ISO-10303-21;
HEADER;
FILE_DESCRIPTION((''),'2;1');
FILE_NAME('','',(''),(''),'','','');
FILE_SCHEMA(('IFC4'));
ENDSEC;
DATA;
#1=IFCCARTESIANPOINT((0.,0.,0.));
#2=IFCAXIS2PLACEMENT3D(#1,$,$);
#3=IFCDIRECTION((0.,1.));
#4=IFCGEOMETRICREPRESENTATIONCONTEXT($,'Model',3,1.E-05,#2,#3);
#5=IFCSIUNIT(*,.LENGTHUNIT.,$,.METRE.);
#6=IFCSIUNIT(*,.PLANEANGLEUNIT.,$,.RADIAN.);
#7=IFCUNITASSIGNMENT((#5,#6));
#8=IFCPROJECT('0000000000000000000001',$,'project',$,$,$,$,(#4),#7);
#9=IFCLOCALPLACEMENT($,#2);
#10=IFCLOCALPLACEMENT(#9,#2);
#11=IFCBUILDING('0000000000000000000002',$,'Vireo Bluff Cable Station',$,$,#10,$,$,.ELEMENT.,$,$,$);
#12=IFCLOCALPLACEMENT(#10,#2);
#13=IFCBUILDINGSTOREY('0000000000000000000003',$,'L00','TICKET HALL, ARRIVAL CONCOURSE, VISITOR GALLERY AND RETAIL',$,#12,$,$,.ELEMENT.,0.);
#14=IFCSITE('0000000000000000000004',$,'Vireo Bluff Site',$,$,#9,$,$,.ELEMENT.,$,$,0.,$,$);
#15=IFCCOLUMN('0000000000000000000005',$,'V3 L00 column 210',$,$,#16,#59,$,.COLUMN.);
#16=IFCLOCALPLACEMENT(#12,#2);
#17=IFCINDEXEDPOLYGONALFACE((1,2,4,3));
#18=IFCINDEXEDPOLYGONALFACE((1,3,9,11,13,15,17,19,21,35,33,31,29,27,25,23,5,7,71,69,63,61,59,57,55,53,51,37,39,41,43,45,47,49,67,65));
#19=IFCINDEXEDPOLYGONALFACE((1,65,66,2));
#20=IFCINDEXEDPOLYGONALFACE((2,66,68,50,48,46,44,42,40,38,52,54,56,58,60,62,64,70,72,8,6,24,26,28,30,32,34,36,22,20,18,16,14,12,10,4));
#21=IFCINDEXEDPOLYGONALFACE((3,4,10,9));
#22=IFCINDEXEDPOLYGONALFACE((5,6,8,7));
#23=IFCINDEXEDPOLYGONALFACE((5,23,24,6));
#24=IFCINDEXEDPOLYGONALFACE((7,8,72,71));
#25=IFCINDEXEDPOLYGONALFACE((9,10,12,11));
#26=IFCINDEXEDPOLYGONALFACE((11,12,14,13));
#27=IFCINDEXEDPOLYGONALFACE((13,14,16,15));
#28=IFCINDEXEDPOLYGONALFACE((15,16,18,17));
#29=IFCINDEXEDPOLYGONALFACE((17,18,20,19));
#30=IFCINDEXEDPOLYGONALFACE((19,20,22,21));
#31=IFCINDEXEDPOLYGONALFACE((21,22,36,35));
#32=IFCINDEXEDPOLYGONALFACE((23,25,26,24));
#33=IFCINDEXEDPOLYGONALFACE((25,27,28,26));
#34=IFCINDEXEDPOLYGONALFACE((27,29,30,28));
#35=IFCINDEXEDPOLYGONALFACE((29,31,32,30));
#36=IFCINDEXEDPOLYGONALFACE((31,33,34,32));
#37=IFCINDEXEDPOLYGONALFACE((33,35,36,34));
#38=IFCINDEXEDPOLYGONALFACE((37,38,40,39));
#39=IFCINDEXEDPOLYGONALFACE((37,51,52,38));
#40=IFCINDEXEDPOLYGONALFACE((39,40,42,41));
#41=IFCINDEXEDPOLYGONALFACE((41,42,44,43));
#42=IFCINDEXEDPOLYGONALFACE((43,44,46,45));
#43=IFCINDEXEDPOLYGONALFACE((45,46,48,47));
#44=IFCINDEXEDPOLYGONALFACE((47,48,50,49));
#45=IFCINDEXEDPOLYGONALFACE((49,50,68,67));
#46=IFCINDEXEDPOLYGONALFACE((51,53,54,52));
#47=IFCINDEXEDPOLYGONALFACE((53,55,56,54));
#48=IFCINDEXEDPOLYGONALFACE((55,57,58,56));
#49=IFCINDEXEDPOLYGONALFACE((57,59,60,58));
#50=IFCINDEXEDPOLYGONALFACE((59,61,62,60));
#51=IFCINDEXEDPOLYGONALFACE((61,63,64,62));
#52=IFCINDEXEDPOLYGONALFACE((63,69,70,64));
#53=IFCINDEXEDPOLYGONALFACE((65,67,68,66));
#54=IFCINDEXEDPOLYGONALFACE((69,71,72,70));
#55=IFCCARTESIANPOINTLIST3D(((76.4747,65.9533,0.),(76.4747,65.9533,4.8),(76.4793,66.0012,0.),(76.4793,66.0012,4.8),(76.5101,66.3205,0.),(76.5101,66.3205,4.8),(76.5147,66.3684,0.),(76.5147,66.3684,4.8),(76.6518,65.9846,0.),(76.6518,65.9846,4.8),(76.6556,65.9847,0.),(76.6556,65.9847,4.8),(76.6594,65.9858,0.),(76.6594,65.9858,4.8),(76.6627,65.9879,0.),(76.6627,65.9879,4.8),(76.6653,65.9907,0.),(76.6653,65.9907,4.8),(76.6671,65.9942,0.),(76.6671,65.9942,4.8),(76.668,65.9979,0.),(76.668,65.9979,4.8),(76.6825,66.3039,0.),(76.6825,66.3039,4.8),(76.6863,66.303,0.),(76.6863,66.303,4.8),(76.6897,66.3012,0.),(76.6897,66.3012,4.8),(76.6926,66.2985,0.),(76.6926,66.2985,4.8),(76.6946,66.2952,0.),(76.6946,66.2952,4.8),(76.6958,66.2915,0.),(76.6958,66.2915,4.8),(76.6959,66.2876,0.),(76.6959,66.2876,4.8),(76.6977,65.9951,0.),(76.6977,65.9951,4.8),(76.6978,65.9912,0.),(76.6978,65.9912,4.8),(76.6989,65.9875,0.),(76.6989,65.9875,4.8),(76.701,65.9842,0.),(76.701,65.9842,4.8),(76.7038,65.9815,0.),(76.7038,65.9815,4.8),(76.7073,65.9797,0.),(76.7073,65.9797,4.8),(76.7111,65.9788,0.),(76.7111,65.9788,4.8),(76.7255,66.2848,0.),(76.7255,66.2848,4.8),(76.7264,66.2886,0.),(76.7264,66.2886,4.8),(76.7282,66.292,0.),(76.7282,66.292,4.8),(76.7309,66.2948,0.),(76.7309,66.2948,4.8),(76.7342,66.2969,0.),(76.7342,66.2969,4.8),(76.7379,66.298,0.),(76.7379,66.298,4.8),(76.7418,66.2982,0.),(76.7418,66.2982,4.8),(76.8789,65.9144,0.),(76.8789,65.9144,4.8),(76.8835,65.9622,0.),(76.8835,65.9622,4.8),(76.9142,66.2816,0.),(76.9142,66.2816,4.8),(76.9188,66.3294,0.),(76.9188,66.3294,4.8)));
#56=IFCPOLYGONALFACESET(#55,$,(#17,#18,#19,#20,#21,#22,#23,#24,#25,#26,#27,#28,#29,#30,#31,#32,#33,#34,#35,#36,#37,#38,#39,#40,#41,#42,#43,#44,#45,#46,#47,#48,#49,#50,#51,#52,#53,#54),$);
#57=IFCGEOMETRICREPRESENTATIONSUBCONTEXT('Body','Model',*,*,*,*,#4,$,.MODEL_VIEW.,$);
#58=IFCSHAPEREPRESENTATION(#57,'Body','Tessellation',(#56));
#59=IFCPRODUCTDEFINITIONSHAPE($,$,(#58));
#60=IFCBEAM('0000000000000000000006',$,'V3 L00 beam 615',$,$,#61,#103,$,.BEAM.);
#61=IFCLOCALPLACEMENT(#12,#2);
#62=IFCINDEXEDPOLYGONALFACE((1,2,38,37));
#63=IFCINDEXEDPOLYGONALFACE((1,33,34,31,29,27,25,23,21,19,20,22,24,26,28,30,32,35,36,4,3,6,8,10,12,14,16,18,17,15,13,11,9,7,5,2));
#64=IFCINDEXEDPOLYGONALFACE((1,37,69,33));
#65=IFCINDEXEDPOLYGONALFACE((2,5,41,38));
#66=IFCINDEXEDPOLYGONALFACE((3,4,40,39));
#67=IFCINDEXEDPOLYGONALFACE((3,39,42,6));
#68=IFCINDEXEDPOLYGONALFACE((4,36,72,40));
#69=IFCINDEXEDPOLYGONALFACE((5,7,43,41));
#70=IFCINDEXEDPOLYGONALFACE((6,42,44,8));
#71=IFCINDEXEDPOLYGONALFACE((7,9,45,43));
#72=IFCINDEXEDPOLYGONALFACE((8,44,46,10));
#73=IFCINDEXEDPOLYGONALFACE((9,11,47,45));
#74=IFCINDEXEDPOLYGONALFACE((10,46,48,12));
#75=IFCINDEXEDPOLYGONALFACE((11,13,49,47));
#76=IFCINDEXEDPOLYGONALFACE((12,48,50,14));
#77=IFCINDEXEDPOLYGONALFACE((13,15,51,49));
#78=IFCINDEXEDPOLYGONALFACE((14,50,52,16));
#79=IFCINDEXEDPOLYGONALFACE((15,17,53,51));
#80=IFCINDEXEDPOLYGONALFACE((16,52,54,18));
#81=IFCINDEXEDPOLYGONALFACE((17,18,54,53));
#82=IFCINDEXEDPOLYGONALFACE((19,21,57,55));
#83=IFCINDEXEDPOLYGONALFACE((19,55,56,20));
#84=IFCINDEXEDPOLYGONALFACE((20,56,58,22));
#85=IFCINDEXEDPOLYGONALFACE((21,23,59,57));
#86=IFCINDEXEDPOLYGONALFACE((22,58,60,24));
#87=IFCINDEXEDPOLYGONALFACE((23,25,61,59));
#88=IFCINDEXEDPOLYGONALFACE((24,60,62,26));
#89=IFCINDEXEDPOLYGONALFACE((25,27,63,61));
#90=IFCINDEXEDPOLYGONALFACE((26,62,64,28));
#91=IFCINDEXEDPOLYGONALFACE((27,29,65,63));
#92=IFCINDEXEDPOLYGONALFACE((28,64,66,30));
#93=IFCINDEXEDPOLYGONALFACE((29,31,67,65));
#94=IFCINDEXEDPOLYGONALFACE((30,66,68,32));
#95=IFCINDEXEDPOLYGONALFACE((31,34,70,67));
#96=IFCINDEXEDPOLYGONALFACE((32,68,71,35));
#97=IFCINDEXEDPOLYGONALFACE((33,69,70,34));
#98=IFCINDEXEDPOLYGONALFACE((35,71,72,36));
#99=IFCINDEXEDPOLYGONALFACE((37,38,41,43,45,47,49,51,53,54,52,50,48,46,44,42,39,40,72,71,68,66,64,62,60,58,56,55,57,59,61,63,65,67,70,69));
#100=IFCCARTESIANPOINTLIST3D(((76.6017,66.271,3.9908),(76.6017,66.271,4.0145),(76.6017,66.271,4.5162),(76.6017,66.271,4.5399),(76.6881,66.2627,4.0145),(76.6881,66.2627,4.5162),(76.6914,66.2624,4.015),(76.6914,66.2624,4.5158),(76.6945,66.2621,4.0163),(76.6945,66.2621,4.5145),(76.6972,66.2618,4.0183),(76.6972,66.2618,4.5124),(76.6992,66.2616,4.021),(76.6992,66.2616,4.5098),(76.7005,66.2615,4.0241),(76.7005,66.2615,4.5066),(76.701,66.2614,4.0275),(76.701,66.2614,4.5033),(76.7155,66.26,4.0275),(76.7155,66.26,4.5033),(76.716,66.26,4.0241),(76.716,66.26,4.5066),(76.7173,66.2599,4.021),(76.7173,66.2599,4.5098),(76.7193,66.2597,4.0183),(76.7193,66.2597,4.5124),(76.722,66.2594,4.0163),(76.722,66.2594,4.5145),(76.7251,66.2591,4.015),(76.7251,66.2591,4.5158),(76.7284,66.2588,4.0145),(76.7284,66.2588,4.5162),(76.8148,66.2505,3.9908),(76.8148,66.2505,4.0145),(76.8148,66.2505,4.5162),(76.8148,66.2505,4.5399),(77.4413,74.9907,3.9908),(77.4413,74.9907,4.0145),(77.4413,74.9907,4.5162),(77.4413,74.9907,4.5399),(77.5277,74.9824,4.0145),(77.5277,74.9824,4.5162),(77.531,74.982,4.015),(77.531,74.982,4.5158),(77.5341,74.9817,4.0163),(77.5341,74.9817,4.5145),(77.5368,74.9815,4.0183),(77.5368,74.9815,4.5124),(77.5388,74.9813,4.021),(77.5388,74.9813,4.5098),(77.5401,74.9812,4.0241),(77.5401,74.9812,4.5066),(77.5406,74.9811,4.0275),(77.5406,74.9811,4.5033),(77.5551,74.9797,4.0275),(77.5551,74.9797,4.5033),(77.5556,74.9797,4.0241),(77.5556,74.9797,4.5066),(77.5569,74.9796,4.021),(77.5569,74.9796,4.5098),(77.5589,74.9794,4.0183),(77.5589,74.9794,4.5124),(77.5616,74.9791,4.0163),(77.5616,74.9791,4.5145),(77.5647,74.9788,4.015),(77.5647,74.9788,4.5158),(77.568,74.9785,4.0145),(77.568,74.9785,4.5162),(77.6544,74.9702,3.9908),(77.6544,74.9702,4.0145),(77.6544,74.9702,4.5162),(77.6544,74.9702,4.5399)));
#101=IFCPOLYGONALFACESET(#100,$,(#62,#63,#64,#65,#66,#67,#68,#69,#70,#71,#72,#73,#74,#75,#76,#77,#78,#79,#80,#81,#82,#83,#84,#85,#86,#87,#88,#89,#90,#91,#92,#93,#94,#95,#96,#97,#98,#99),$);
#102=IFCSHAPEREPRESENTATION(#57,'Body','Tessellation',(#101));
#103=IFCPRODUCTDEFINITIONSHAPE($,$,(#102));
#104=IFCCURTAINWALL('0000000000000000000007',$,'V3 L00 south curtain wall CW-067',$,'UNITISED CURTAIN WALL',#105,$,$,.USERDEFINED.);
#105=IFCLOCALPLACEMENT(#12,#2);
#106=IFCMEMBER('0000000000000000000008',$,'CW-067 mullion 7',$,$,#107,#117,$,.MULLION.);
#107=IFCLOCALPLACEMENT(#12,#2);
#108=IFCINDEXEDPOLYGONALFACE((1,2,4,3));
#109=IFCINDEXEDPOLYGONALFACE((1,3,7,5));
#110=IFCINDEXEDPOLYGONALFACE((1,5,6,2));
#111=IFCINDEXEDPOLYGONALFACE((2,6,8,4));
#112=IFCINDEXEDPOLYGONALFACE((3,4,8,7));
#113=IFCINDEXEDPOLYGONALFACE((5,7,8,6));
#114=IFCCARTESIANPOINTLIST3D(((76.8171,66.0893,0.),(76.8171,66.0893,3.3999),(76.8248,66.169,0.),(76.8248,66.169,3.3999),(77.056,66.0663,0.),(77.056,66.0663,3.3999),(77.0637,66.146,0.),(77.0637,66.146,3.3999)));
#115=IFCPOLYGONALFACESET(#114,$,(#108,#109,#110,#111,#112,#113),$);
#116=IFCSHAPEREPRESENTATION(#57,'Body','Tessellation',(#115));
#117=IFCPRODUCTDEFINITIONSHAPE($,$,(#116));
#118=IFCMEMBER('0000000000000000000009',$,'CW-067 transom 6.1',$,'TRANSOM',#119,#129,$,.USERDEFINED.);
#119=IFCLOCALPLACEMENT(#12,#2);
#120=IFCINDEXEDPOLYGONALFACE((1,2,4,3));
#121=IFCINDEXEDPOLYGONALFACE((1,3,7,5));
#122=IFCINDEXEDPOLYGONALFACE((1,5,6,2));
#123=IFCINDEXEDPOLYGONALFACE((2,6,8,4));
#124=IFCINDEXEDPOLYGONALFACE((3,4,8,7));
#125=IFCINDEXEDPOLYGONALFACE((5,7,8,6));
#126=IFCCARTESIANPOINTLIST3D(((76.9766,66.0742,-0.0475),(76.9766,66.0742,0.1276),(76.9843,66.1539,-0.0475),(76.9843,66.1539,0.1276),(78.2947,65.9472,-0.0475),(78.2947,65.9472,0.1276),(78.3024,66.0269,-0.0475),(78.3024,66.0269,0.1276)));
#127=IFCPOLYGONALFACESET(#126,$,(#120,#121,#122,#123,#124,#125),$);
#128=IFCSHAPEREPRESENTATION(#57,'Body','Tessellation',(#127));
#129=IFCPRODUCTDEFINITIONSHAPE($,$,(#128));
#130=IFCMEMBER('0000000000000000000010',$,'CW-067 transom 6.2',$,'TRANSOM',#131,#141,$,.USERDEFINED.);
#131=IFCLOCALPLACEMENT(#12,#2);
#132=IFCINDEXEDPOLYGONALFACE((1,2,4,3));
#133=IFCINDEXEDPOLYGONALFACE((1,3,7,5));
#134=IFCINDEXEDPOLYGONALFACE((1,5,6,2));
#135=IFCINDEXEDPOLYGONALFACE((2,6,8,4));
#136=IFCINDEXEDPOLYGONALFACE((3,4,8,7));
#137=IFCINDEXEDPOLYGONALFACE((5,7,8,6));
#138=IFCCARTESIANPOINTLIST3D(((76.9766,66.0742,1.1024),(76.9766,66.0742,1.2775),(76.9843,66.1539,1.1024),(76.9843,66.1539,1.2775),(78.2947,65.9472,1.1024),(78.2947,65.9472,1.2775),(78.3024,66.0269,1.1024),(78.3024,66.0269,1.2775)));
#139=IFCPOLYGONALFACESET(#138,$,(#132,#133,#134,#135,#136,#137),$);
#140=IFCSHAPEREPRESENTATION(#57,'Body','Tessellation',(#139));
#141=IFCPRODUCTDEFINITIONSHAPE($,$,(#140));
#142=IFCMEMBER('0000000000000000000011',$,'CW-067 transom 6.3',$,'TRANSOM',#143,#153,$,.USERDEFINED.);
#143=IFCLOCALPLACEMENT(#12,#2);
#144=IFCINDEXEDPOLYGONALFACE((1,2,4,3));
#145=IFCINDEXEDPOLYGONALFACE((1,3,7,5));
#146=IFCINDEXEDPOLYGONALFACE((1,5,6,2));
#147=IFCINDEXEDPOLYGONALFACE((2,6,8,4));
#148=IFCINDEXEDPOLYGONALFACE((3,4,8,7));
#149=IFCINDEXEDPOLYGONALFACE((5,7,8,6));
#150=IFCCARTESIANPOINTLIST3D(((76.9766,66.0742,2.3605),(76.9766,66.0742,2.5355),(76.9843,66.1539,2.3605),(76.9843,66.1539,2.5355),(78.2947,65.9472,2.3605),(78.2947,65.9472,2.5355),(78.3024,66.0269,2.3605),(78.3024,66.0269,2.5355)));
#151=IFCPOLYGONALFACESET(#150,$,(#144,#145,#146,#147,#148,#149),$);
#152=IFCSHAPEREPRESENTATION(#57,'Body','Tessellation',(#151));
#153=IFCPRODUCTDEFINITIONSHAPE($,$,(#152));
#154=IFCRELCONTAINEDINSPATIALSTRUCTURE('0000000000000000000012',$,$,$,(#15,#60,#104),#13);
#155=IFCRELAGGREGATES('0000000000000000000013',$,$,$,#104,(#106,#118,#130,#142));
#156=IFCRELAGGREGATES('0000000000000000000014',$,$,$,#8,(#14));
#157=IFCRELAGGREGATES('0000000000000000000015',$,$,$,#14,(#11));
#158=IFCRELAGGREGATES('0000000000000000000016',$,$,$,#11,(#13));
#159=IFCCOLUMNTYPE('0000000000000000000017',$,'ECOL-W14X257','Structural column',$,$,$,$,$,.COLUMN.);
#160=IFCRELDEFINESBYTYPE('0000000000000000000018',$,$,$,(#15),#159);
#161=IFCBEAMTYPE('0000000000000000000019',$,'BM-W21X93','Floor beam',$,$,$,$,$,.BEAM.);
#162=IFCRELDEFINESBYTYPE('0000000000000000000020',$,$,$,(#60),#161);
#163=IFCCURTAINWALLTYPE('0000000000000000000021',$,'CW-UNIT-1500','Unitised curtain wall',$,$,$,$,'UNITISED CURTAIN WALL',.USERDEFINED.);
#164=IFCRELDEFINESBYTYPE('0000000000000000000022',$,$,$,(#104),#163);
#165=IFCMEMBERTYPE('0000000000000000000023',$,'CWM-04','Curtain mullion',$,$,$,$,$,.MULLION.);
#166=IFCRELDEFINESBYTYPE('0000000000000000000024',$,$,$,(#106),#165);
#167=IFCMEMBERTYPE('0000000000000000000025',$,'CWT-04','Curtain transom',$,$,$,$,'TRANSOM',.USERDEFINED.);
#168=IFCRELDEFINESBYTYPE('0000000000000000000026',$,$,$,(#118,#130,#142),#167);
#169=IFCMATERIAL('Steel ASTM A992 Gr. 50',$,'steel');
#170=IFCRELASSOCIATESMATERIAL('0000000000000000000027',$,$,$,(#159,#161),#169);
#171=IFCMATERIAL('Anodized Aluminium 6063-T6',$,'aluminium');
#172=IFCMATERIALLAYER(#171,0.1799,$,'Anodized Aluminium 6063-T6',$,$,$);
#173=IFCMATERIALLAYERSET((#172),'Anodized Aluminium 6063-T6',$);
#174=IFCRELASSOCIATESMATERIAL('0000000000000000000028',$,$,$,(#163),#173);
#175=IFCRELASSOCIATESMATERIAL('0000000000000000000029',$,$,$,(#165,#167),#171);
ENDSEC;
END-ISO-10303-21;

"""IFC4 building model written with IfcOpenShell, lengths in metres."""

from ifc_helpers import new_model, si_unit, direction, frame, origin, origin_2d, place, context, subcontext, project, spatial, rectangle, i_section, extrude, material, layer, layer_set, material_profile, profile_set, type_object, element, aggregate, save


model = new_model("IFC4")

# Units and contexts
model_context = context("Model", 3, precision=1e-05, world=origin(), true_north=direction((0.0, 1.0)))
body_context = subcontext(model_context, "Body", "Model", "MODEL_VIEW")
ifc_project = project(units=[si_unit("LENGTHUNIT", "METRE"), si_unit("PLANEANGLEUNIT", "RADIAN")], contexts=[model_context])

# Site, building, storey
site_placement = place(None, origin())
site = spatial("IfcSite", under=ifc_project, at=site_placement, Name="Vireo Bluff Site", CompositionType="ELEMENT", RefElevation=0.0)
building_placement = place(site_placement, origin())
building = spatial("IfcBuilding", under=site, at=building_placement, Name="Vireo Bluff Cable Station", CompositionType="ELEMENT")
storey_placement = place(building_placement, origin())
storey = spatial("IfcBuildingStorey", under=building, at=storey_placement, Name="L00", Description="TICKET HALL, ARRIVAL CONCOURSE, VISITOR GALLERY AND RETAIL", CompositionType="ELEMENT", Elevation=0.0)

# Column
ifc_material_1 = material(Name="Steel ASTM A992 Gr. 50", Category="steel")
ifc_material_profile_1 = material_profile(ifc_material_1, i_section(OverallWidth=0.406, OverallDepth=0.417, WebThickness=0.0298, FlangeThickness=0.0481, FilletRadius=0.0149, at=origin_2d()), Name="W14X257")
ifc_profile_set_1 = profile_set([ifc_material_profile_1], Name="Steel ASTM A992 Gr. 50")
column_type = type_object("IfcColumnType", Name="ECOL-W14X257", Description="Structural column", PredefinedType="COLUMN", material=ifc_profile_set_1)
column_placement = place(storey_placement, frame((76.6968, 66.1414, 0.0), z_axis=(0.0, 0.0, 1.0), x_axis=(0.995396, -0.095846, 0.0)))
element("IfcColumn", 1, at=column_placement, inside=storey, type_object=column_type, Name="V3 L00 column 210", PredefinedType="COLUMN", context=body_context, shape_type="SweptSolid", body=[
    extrude(i_section(OverallWidth=0.406, OverallDepth=0.417, WebThickness=0.0298, FlangeThickness=0.0481, FilletRadius=0.0149, at=origin_2d()), origin(), (0.0, 0.0, 1.0), 4.8),
])

# Beam
ifc_material_profile_2 = material_profile(ifc_material_1, i_section(OverallWidth=0.2141, OverallDepth=0.5491, WebThickness=0.0146, FlangeThickness=0.0237, FilletRadius=0.0129, at=origin_2d()), Name="W21X93")
ifc_profile_set_2 = profile_set([ifc_material_profile_2], Name="Steel ASTM A992 Gr. 50")
beam_type_1 = type_object("IfcBeamType", Name="BM-W21X93", Description="Floor beam", PredefinedType="BEAM", material=ifc_profile_set_2)
beam_1_placement = place(storey_placement, frame((76.7083, 66.2607, 4.2654), z_axis=(0.095844, 0.995396, 0.0), x_axis=(-0.995396, 0.095844, 0.0)))
element("IfcBeam", 2, at=beam_1_placement, inside=storey, type_object=beam_type_1, Name="V3 L00 beam 615", PredefinedType="BEAM", context=body_context, shape_type="SweptSolid", body=[
    extrude(i_section(OverallWidth=0.2141, OverallDepth=0.5491, WebThickness=0.0146, FlangeThickness=0.0237, FilletRadius=0.0129, at=origin_2d()), origin(), (0.0, 0.0, 1.0), 8.76),
])

# Curtain wall, members
ifc_material_2 = material(Name="Anodized Aluminium 6063-T6", Category="aluminium")
ifc_layer_1 = layer(ifc_material_2, 0.1799, Name="Anodized Aluminium 6063-T6")
ifc_layer_set_1 = layer_set([ifc_layer_1], Name="Anodized Aluminium 6063-T6")
curtain_wall_type = type_object("IfcCurtainWallType", Name="CW-UNIT-1500", Description="Unitised curtain wall", ElementType="UNITISED CURTAIN WALL", PredefinedType="USERDEFINED", material=ifc_layer_set_1)
curtain_wall_placement = place(storey_placement, origin())
curtain_wall = element("IfcCurtainWall", 3, at=curtain_wall_placement, inside=storey, type_object=curtain_wall_type, Name="V3 L00 south curtain wall CW-067", ObjectType="UNITISED CURTAIN WALL", PredefinedType="USERDEFINED")
ifc_material_profile_3 = material_profile(ifc_material_2, rectangle(XDim=0.0801, YDim=0.24, at=origin_2d()), Name="ALU-M-80X240")
ifc_profile_set_3 = profile_set([ifc_material_profile_3], Name="Anodized Aluminium 6063-T6")
member_type_1 = type_object("IfcMemberType", Name="CWM-04", Description="Curtain mullion", PredefinedType="MULLION", material=ifc_profile_set_3)
member_1_placement = place(storey_placement, frame((76.9404, 66.1177, 0.0), z_axis=(0.0, 0.0, 1.0), x_axis=(-0.095846, -0.995396, 0.0)))
member_1 = element("IfcMember", 4, at=member_1_placement, type_object=member_type_1, Name="CW-067 mullion 7", PredefinedType="MULLION", context=body_context, shape_type="SweptSolid", body=[
    extrude(rectangle(XDim=0.0801, YDim=0.24, at=origin_2d()), origin(), (0.0, 0.0, 1.0), 3.3999),
])
ifc_material_profile_4 = material_profile(ifc_material_2, rectangle(XDim=0.0801, YDim=0.175, at=origin_2d()), Name="ALU-T-80X175")
ifc_profile_set_4 = profile_set([ifc_material_profile_4], Name="Anodized Aluminium 6063-T6")
member_type_2 = type_object("IfcMemberType", Name="CWT-04", Description="Curtain transom", ElementType="TRANSOM", PredefinedType="USERDEFINED", material=ifc_profile_set_4)
member_2_placement = place(storey_placement, frame((78.2986, 65.9871, 0.04), z_axis=(-0.995394, 0.09587, 0.0), x_axis=(-0.09587, -0.995394, 0.0)))
member_2 = element("IfcMember", 5, at=member_2_placement, type_object=member_type_2, Name="CW-067 transom 6.1", ObjectType="TRANSOM", PredefinedType="USERDEFINED", context=body_context, shape_type="SweptSolid", body=[
    extrude(rectangle(XDim=0.0801, YDim=0.175, at=origin_2d()), origin(), (0.0, 0.0, 1.0), 1.3242),
])
member_3_placement = place(storey_placement, frame((78.2986, 65.9871, 1.1899), z_axis=(-0.995394, 0.09587, 0.0), x_axis=(-0.09587, -0.995394, 0.0)))
member_3 = element("IfcMember", 6, at=member_3_placement, type_object=member_type_2, Name="CW-067 transom 6.2", ObjectType="TRANSOM", PredefinedType="USERDEFINED", context=body_context, shape_type="SweptSolid", body=[
    extrude(rectangle(XDim=0.0801, YDim=0.175, at=origin_2d()), origin(), (0.0, 0.0, 1.0), 1.3242),
])
member_4_placement = place(storey_placement, frame((78.2986, 65.9871, 2.448), z_axis=(-0.995394, 0.09587, 0.0), x_axis=(-0.09587, -0.995394, 0.0)))
member_4 = element("IfcMember", 7, at=member_4_placement, type_object=member_type_2, Name="CW-067 transom 6.3", ObjectType="TRANSOM", PredefinedType="USERDEFINED", context=body_context, shape_type="SweptSolid", body=[
    extrude(rectangle(XDim=0.0801, YDim=0.175, at=origin_2d()), origin(), (0.0, 0.0, 1.0), 1.3242),
])

aggregate(curtain_wall, [member_1, member_2, member_3, member_4])

save(model, "model.ifc")
